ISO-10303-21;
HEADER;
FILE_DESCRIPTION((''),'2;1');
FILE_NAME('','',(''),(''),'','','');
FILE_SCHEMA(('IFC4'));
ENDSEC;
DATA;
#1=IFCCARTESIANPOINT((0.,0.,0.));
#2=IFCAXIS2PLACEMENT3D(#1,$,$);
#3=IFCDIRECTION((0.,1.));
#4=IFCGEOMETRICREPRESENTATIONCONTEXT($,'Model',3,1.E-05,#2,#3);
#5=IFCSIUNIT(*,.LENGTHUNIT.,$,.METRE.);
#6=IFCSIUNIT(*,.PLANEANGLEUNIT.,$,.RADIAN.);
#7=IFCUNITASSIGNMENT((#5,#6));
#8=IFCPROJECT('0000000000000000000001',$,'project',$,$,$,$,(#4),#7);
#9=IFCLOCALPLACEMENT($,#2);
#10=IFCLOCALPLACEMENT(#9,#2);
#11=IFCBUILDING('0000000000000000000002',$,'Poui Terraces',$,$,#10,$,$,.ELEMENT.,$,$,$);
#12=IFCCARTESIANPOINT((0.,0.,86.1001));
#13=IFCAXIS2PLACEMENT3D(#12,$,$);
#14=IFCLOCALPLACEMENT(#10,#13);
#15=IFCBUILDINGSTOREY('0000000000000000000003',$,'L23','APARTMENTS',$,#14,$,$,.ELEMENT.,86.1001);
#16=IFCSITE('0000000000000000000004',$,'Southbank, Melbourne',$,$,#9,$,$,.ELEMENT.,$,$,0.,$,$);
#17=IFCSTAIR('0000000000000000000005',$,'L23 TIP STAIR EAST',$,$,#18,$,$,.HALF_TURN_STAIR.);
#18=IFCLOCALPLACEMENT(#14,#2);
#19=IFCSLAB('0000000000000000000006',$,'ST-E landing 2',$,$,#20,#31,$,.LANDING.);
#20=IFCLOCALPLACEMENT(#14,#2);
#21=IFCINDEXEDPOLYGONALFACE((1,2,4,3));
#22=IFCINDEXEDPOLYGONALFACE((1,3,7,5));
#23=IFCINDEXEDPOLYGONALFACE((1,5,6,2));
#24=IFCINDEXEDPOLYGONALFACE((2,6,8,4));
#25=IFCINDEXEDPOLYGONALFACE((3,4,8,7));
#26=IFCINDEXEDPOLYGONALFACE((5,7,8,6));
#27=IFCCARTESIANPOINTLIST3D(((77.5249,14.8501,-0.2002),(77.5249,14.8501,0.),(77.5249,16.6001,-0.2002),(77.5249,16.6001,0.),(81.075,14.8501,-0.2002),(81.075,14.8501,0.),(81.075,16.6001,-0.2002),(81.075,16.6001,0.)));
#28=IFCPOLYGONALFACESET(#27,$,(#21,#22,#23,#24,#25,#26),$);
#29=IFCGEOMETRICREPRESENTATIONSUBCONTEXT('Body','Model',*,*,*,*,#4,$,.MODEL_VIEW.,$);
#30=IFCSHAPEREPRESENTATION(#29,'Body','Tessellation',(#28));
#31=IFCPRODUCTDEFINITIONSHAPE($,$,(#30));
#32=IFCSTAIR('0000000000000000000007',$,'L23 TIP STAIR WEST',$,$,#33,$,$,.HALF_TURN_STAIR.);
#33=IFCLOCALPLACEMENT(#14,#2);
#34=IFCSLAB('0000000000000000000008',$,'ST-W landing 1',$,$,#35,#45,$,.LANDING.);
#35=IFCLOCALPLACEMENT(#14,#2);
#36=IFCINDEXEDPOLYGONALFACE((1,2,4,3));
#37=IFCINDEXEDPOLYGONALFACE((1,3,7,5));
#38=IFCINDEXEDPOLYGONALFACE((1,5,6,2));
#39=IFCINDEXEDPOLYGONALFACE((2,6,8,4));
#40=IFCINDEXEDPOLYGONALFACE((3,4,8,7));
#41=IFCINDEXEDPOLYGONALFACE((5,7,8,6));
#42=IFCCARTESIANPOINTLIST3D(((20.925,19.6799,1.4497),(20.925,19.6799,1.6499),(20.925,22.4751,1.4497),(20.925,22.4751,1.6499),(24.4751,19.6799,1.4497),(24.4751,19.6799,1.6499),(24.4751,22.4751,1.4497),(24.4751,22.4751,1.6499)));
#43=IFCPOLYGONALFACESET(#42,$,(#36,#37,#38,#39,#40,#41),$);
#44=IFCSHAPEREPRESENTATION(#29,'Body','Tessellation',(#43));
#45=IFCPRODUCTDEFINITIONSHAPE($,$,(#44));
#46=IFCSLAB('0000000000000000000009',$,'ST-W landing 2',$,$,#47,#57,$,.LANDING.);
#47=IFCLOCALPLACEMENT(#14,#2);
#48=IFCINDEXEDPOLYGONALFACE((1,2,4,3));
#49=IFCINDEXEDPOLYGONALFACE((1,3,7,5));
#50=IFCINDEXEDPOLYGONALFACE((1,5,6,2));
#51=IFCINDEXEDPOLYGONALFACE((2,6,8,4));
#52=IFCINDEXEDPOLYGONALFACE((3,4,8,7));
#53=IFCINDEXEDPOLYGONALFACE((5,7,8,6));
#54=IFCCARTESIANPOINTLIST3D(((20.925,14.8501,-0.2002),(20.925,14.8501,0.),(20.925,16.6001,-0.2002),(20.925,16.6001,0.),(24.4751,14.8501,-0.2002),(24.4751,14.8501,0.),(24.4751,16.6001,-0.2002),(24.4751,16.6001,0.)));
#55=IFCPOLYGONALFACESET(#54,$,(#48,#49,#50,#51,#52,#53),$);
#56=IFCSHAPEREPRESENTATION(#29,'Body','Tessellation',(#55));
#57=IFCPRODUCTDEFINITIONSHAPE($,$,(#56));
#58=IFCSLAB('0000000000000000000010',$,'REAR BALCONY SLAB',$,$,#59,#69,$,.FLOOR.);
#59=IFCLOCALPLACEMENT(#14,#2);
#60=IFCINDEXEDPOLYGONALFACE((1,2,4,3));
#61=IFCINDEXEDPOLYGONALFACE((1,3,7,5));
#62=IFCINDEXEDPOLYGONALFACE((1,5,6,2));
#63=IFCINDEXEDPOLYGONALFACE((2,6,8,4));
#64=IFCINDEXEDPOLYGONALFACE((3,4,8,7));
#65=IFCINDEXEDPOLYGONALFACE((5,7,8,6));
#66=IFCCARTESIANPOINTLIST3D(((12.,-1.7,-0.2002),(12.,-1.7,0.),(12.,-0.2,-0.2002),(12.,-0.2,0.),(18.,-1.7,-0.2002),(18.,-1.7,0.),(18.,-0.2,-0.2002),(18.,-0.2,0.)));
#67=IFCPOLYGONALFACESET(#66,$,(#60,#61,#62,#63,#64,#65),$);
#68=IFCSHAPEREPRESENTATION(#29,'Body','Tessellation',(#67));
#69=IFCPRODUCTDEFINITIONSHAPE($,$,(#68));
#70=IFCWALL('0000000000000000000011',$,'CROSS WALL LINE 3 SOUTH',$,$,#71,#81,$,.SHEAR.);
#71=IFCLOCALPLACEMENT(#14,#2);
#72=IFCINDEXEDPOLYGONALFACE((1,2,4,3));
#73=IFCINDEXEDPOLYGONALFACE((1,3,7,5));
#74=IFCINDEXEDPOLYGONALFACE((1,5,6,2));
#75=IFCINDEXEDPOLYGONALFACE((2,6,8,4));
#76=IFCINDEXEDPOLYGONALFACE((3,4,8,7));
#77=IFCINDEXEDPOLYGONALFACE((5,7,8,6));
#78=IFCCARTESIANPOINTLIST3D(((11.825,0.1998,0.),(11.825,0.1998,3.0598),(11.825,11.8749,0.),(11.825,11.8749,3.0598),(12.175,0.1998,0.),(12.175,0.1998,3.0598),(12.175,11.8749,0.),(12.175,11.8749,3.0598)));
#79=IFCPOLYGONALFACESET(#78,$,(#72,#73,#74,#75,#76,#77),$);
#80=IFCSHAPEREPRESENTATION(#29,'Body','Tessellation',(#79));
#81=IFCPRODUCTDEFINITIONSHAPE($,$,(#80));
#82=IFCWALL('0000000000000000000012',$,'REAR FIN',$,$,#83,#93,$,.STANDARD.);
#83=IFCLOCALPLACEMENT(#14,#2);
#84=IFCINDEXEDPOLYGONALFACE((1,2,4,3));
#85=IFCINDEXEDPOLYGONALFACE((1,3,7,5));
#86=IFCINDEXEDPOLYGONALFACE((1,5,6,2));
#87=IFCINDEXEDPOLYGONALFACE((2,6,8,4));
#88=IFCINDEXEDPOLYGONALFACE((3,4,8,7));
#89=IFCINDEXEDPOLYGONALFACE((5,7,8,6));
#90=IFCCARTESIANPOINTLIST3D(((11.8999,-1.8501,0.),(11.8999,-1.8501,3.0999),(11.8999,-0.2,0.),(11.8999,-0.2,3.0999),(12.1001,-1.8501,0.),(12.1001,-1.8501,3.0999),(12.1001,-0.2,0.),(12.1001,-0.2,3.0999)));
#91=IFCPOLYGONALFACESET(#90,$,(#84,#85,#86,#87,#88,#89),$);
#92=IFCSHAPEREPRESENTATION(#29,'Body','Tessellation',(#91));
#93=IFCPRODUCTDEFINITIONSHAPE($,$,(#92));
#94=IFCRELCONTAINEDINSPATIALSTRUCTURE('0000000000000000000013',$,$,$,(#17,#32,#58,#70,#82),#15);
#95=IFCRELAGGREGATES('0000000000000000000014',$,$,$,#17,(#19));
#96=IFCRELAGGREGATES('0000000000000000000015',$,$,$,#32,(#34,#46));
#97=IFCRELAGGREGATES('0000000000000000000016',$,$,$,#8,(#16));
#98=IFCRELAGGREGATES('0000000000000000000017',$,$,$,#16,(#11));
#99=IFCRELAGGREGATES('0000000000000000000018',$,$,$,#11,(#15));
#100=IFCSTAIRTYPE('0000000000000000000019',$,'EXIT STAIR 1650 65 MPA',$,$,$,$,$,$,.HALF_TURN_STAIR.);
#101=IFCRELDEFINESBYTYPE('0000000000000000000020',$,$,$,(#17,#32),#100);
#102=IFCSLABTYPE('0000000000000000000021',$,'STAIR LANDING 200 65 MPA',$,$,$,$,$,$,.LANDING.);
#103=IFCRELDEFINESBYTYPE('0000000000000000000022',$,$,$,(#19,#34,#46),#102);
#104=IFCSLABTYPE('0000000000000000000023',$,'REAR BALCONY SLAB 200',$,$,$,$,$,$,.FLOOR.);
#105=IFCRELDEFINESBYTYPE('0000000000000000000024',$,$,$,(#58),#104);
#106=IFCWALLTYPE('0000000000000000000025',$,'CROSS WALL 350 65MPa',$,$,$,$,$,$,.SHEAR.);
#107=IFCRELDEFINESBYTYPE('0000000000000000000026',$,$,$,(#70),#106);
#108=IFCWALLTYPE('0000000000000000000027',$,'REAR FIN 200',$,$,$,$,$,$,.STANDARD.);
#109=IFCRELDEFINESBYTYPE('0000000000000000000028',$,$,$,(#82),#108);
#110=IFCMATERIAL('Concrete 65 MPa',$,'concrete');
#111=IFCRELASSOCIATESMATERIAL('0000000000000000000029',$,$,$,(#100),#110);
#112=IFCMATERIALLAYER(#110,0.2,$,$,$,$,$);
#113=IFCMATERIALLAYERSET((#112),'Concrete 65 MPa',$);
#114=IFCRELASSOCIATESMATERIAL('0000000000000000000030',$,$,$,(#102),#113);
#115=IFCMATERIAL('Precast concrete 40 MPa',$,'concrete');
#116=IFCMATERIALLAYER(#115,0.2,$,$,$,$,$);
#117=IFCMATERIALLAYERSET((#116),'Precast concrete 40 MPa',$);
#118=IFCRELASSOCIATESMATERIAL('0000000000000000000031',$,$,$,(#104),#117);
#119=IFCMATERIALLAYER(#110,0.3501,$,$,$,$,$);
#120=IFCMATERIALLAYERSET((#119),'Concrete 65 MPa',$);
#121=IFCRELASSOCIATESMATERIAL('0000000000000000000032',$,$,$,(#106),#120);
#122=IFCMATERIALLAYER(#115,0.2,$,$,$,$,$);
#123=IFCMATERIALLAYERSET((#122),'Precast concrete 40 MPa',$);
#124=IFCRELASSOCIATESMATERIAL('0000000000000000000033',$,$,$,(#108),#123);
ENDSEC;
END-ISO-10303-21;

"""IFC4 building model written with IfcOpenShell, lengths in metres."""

from ifc_helpers import new_model, si_unit, direction, frame, frame_2d, origin, place, context, subcontext, project, spatial, polyline, rectangle, outline, extrude, source, transform, mapped, material, layer, layer_set, type_object, element, aggregate, save


model = new_model("IFC4")

# Units and contexts
model_context = context("Model", 3, precision=1e-05, world=origin(), true_north=direction((0.0, 1.0)))
body_context = subcontext(model_context, "Body", "Model", "MODEL_VIEW")
ifc_project = project(units=[si_unit("LENGTHUNIT", "METRE"), si_unit("PLANEANGLEUNIT", "RADIAN")], contexts=[model_context])

# Site, building, storey
site_placement = place(None, origin())
site = spatial("IfcSite", under=ifc_project, at=site_placement, Name="Southbank, Melbourne", CompositionType="ELEMENT", RefElevation=0.0)
building_placement = place(site_placement, origin())
building = spatial("IfcBuilding", under=site, at=building_placement, Name="Poui Terraces", CompositionType="ELEMENT")
storey_placement = place(building_placement, frame((0.0, 0.0, 86.1001)))
storey = spatial("IfcBuildingStorey", under=building, at=storey_placement, Name="L23", Description="APARTMENTS", CompositionType="ELEMENT", Elevation=86.1001)

# Stair, slab
ifc_material_1 = material(Name="Concrete 65 MPa", Category="concrete")
stair_type = type_object("IfcStairType", Name="EXIT STAIR 1650 65 MPA", PredefinedType="HALF_TURN_STAIR", material=ifc_material_1)
stair_1_placement = place(storey_placement, origin())
stair_1 = element("IfcStair", 1, at=stair_1_placement, inside=storey, type_object=stair_type, Name="L23 TIP STAIR EAST", PredefinedType="HALF_TURN_STAIR")
ifc_layer_1 = layer(ifc_material_1, 0.2)
ifc_layer_set_1 = layer_set([ifc_layer_1], Name="Concrete 65 MPa")
slab_type_1 = type_object("IfcSlabType", Name="STAIR LANDING 200 65 MPA", PredefinedType="LANDING", material=ifc_layer_set_1)
slab_1_placement = place(storey_placement, frame((0.0, 0.0, -0.2002)))
slab_1 = element("IfcSlab", 2, at=slab_1_placement, type_object=slab_type_1, Name="ST-E landing 2", PredefinedType="LANDING", context=body_context, shape_type="SweptSolid", body=[
    extrude(outline(polyline([(77.5249, 14.8501), (81.075, 14.8501), (81.075, 16.6001), (77.5249, 16.6001), (77.5249, 14.8501)])), origin(), (0.0, 0.0, 1.0), 0.2002),
])
aggregate(stair_1, [slab_1])

# Stair, slabs
stair_2_placement = place(storey_placement, origin())
stair_2 = element("IfcStair", 3, at=stair_2_placement, inside=storey, type_object=stair_type, Name="L23 TIP STAIR WEST", PredefinedType="HALF_TURN_STAIR")
slab_2_placement = place(storey_placement, frame((0.0, 0.0, 1.4497)))
slab_2 = element("IfcSlab", 4, at=slab_2_placement, type_object=slab_type_1, Name="ST-W landing 1", PredefinedType="LANDING", context=body_context, shape_type="SweptSolid", body=[
    extrude(outline(polyline([(20.925, 19.6799), (24.4751, 19.6799), (24.4751, 22.4751), (20.925, 22.4751), (20.925, 19.6799)])), origin(), (0.0, 0.0, 1.0), 0.2002),
])
slab_3_placement = place(storey_placement, frame((0.0, 0.0, -0.2002)))
slab_3 = element("IfcSlab", 5, at=slab_3_placement, type_object=slab_type_1, Name="ST-W landing 2", PredefinedType="LANDING", context=body_context, shape_type="SweptSolid", body=[
    extrude(outline(polyline([(20.925, 14.8501), (24.4751, 14.8501), (24.4751, 16.6001), (20.925, 16.6001), (20.925, 14.8501)])), origin(), (0.0, 0.0, 1.0), 0.2002),
])
aggregate(stair_2, [slab_2, slab_3])

# Slab
ifc_material_2 = material(Name="Precast concrete 40 MPa", Category="concrete")
ifc_layer_2 = layer(ifc_material_2, 0.2)
ifc_layer_set_2 = layer_set([ifc_layer_2], Name="Precast concrete 40 MPa")
slab_type_2 = type_object("IfcSlabType", Name="REAR BALCONY SLAB 200", PredefinedType="FLOOR", material=ifc_layer_set_2)
shared_shape_1 = source(origin(), body_context, "Body", "SweptSolid", [
    extrude(outline(polyline([(0.0, 0.0), (6.0, 0.0), (6.0, 1.5), (0.0, 1.5), (0.0, 0.0)])), origin(), (0.0, 0.0, 1.0), 0.2002),
])
slab_4_placement = place(storey_placement, frame((12.0, -1.7, -0.2002)))
element("IfcSlab", 6, at=slab_4_placement, inside=storey, type_object=slab_type_2, Name="REAR BALCONY SLAB", PredefinedType="FLOOR", context=body_context, shape_type="MappedRepresentation", body=[
    mapped(shared_shape_1, transform((0.0, 0.0, 0.0))),
])

# Walls
ifc_layer_3 = layer(ifc_material_1, 0.3501)
ifc_layer_set_3 = layer_set([ifc_layer_3], Name="Concrete 65 MPa")
wall_type_1 = type_object("IfcWallType", Name="CROSS WALL 350 65MPa", PredefinedType="SHEAR", material=ifc_layer_set_3)
wall_1_placement = place(storey_placement, frame((12.0, 0.2, 0.0), z_axis=(0.0, 0.0, 1.0), x_axis=(0.0, 1.0, 0.0)))
element("IfcWall", 7, at=wall_1_placement, inside=storey, type_object=wall_type_1, Name="CROSS WALL LINE 3 SOUTH", PredefinedType="SHEAR", context=body_context, shape_type="SweptSolid", body=[
    extrude(rectangle(XDim=11.675, YDim=0.3501, at=frame_2d((5.8374, 0.0))), origin(), (0.0, 0.0, 1.0), 3.0598),
])
ifc_layer_4 = layer(ifc_material_2, 0.2)
ifc_layer_set_4 = layer_set([ifc_layer_4], Name="Precast concrete 40 MPa")
wall_type_2 = type_object("IfcWallType", Name="REAR FIN 200", PredefinedType="STANDARD", material=ifc_layer_set_4)
shared_shape_2 = source(origin(), body_context, "Body", "SweptSolid", [
    extrude(outline(polyline([(0.0, 0.0), (0.2002, 0.0), (0.2002, 1.6501), (0.0, 1.6501), (0.0, 0.0)])), origin(), (0.0, 0.0, 1.0), 3.0999),
])
wall_2_placement = place(storey_placement, frame((11.8999, -1.8501, 0.0)))
element("IfcWall", 8, at=wall_2_placement, inside=storey, type_object=wall_type_2, Name="REAR FIN", PredefinedType="STANDARD", context=body_context, shape_type="MappedRepresentation", body=[
    mapped(shared_shape_2, transform((0.0, 0.0, 0.0))),
])

save(model, "model.ifc")
